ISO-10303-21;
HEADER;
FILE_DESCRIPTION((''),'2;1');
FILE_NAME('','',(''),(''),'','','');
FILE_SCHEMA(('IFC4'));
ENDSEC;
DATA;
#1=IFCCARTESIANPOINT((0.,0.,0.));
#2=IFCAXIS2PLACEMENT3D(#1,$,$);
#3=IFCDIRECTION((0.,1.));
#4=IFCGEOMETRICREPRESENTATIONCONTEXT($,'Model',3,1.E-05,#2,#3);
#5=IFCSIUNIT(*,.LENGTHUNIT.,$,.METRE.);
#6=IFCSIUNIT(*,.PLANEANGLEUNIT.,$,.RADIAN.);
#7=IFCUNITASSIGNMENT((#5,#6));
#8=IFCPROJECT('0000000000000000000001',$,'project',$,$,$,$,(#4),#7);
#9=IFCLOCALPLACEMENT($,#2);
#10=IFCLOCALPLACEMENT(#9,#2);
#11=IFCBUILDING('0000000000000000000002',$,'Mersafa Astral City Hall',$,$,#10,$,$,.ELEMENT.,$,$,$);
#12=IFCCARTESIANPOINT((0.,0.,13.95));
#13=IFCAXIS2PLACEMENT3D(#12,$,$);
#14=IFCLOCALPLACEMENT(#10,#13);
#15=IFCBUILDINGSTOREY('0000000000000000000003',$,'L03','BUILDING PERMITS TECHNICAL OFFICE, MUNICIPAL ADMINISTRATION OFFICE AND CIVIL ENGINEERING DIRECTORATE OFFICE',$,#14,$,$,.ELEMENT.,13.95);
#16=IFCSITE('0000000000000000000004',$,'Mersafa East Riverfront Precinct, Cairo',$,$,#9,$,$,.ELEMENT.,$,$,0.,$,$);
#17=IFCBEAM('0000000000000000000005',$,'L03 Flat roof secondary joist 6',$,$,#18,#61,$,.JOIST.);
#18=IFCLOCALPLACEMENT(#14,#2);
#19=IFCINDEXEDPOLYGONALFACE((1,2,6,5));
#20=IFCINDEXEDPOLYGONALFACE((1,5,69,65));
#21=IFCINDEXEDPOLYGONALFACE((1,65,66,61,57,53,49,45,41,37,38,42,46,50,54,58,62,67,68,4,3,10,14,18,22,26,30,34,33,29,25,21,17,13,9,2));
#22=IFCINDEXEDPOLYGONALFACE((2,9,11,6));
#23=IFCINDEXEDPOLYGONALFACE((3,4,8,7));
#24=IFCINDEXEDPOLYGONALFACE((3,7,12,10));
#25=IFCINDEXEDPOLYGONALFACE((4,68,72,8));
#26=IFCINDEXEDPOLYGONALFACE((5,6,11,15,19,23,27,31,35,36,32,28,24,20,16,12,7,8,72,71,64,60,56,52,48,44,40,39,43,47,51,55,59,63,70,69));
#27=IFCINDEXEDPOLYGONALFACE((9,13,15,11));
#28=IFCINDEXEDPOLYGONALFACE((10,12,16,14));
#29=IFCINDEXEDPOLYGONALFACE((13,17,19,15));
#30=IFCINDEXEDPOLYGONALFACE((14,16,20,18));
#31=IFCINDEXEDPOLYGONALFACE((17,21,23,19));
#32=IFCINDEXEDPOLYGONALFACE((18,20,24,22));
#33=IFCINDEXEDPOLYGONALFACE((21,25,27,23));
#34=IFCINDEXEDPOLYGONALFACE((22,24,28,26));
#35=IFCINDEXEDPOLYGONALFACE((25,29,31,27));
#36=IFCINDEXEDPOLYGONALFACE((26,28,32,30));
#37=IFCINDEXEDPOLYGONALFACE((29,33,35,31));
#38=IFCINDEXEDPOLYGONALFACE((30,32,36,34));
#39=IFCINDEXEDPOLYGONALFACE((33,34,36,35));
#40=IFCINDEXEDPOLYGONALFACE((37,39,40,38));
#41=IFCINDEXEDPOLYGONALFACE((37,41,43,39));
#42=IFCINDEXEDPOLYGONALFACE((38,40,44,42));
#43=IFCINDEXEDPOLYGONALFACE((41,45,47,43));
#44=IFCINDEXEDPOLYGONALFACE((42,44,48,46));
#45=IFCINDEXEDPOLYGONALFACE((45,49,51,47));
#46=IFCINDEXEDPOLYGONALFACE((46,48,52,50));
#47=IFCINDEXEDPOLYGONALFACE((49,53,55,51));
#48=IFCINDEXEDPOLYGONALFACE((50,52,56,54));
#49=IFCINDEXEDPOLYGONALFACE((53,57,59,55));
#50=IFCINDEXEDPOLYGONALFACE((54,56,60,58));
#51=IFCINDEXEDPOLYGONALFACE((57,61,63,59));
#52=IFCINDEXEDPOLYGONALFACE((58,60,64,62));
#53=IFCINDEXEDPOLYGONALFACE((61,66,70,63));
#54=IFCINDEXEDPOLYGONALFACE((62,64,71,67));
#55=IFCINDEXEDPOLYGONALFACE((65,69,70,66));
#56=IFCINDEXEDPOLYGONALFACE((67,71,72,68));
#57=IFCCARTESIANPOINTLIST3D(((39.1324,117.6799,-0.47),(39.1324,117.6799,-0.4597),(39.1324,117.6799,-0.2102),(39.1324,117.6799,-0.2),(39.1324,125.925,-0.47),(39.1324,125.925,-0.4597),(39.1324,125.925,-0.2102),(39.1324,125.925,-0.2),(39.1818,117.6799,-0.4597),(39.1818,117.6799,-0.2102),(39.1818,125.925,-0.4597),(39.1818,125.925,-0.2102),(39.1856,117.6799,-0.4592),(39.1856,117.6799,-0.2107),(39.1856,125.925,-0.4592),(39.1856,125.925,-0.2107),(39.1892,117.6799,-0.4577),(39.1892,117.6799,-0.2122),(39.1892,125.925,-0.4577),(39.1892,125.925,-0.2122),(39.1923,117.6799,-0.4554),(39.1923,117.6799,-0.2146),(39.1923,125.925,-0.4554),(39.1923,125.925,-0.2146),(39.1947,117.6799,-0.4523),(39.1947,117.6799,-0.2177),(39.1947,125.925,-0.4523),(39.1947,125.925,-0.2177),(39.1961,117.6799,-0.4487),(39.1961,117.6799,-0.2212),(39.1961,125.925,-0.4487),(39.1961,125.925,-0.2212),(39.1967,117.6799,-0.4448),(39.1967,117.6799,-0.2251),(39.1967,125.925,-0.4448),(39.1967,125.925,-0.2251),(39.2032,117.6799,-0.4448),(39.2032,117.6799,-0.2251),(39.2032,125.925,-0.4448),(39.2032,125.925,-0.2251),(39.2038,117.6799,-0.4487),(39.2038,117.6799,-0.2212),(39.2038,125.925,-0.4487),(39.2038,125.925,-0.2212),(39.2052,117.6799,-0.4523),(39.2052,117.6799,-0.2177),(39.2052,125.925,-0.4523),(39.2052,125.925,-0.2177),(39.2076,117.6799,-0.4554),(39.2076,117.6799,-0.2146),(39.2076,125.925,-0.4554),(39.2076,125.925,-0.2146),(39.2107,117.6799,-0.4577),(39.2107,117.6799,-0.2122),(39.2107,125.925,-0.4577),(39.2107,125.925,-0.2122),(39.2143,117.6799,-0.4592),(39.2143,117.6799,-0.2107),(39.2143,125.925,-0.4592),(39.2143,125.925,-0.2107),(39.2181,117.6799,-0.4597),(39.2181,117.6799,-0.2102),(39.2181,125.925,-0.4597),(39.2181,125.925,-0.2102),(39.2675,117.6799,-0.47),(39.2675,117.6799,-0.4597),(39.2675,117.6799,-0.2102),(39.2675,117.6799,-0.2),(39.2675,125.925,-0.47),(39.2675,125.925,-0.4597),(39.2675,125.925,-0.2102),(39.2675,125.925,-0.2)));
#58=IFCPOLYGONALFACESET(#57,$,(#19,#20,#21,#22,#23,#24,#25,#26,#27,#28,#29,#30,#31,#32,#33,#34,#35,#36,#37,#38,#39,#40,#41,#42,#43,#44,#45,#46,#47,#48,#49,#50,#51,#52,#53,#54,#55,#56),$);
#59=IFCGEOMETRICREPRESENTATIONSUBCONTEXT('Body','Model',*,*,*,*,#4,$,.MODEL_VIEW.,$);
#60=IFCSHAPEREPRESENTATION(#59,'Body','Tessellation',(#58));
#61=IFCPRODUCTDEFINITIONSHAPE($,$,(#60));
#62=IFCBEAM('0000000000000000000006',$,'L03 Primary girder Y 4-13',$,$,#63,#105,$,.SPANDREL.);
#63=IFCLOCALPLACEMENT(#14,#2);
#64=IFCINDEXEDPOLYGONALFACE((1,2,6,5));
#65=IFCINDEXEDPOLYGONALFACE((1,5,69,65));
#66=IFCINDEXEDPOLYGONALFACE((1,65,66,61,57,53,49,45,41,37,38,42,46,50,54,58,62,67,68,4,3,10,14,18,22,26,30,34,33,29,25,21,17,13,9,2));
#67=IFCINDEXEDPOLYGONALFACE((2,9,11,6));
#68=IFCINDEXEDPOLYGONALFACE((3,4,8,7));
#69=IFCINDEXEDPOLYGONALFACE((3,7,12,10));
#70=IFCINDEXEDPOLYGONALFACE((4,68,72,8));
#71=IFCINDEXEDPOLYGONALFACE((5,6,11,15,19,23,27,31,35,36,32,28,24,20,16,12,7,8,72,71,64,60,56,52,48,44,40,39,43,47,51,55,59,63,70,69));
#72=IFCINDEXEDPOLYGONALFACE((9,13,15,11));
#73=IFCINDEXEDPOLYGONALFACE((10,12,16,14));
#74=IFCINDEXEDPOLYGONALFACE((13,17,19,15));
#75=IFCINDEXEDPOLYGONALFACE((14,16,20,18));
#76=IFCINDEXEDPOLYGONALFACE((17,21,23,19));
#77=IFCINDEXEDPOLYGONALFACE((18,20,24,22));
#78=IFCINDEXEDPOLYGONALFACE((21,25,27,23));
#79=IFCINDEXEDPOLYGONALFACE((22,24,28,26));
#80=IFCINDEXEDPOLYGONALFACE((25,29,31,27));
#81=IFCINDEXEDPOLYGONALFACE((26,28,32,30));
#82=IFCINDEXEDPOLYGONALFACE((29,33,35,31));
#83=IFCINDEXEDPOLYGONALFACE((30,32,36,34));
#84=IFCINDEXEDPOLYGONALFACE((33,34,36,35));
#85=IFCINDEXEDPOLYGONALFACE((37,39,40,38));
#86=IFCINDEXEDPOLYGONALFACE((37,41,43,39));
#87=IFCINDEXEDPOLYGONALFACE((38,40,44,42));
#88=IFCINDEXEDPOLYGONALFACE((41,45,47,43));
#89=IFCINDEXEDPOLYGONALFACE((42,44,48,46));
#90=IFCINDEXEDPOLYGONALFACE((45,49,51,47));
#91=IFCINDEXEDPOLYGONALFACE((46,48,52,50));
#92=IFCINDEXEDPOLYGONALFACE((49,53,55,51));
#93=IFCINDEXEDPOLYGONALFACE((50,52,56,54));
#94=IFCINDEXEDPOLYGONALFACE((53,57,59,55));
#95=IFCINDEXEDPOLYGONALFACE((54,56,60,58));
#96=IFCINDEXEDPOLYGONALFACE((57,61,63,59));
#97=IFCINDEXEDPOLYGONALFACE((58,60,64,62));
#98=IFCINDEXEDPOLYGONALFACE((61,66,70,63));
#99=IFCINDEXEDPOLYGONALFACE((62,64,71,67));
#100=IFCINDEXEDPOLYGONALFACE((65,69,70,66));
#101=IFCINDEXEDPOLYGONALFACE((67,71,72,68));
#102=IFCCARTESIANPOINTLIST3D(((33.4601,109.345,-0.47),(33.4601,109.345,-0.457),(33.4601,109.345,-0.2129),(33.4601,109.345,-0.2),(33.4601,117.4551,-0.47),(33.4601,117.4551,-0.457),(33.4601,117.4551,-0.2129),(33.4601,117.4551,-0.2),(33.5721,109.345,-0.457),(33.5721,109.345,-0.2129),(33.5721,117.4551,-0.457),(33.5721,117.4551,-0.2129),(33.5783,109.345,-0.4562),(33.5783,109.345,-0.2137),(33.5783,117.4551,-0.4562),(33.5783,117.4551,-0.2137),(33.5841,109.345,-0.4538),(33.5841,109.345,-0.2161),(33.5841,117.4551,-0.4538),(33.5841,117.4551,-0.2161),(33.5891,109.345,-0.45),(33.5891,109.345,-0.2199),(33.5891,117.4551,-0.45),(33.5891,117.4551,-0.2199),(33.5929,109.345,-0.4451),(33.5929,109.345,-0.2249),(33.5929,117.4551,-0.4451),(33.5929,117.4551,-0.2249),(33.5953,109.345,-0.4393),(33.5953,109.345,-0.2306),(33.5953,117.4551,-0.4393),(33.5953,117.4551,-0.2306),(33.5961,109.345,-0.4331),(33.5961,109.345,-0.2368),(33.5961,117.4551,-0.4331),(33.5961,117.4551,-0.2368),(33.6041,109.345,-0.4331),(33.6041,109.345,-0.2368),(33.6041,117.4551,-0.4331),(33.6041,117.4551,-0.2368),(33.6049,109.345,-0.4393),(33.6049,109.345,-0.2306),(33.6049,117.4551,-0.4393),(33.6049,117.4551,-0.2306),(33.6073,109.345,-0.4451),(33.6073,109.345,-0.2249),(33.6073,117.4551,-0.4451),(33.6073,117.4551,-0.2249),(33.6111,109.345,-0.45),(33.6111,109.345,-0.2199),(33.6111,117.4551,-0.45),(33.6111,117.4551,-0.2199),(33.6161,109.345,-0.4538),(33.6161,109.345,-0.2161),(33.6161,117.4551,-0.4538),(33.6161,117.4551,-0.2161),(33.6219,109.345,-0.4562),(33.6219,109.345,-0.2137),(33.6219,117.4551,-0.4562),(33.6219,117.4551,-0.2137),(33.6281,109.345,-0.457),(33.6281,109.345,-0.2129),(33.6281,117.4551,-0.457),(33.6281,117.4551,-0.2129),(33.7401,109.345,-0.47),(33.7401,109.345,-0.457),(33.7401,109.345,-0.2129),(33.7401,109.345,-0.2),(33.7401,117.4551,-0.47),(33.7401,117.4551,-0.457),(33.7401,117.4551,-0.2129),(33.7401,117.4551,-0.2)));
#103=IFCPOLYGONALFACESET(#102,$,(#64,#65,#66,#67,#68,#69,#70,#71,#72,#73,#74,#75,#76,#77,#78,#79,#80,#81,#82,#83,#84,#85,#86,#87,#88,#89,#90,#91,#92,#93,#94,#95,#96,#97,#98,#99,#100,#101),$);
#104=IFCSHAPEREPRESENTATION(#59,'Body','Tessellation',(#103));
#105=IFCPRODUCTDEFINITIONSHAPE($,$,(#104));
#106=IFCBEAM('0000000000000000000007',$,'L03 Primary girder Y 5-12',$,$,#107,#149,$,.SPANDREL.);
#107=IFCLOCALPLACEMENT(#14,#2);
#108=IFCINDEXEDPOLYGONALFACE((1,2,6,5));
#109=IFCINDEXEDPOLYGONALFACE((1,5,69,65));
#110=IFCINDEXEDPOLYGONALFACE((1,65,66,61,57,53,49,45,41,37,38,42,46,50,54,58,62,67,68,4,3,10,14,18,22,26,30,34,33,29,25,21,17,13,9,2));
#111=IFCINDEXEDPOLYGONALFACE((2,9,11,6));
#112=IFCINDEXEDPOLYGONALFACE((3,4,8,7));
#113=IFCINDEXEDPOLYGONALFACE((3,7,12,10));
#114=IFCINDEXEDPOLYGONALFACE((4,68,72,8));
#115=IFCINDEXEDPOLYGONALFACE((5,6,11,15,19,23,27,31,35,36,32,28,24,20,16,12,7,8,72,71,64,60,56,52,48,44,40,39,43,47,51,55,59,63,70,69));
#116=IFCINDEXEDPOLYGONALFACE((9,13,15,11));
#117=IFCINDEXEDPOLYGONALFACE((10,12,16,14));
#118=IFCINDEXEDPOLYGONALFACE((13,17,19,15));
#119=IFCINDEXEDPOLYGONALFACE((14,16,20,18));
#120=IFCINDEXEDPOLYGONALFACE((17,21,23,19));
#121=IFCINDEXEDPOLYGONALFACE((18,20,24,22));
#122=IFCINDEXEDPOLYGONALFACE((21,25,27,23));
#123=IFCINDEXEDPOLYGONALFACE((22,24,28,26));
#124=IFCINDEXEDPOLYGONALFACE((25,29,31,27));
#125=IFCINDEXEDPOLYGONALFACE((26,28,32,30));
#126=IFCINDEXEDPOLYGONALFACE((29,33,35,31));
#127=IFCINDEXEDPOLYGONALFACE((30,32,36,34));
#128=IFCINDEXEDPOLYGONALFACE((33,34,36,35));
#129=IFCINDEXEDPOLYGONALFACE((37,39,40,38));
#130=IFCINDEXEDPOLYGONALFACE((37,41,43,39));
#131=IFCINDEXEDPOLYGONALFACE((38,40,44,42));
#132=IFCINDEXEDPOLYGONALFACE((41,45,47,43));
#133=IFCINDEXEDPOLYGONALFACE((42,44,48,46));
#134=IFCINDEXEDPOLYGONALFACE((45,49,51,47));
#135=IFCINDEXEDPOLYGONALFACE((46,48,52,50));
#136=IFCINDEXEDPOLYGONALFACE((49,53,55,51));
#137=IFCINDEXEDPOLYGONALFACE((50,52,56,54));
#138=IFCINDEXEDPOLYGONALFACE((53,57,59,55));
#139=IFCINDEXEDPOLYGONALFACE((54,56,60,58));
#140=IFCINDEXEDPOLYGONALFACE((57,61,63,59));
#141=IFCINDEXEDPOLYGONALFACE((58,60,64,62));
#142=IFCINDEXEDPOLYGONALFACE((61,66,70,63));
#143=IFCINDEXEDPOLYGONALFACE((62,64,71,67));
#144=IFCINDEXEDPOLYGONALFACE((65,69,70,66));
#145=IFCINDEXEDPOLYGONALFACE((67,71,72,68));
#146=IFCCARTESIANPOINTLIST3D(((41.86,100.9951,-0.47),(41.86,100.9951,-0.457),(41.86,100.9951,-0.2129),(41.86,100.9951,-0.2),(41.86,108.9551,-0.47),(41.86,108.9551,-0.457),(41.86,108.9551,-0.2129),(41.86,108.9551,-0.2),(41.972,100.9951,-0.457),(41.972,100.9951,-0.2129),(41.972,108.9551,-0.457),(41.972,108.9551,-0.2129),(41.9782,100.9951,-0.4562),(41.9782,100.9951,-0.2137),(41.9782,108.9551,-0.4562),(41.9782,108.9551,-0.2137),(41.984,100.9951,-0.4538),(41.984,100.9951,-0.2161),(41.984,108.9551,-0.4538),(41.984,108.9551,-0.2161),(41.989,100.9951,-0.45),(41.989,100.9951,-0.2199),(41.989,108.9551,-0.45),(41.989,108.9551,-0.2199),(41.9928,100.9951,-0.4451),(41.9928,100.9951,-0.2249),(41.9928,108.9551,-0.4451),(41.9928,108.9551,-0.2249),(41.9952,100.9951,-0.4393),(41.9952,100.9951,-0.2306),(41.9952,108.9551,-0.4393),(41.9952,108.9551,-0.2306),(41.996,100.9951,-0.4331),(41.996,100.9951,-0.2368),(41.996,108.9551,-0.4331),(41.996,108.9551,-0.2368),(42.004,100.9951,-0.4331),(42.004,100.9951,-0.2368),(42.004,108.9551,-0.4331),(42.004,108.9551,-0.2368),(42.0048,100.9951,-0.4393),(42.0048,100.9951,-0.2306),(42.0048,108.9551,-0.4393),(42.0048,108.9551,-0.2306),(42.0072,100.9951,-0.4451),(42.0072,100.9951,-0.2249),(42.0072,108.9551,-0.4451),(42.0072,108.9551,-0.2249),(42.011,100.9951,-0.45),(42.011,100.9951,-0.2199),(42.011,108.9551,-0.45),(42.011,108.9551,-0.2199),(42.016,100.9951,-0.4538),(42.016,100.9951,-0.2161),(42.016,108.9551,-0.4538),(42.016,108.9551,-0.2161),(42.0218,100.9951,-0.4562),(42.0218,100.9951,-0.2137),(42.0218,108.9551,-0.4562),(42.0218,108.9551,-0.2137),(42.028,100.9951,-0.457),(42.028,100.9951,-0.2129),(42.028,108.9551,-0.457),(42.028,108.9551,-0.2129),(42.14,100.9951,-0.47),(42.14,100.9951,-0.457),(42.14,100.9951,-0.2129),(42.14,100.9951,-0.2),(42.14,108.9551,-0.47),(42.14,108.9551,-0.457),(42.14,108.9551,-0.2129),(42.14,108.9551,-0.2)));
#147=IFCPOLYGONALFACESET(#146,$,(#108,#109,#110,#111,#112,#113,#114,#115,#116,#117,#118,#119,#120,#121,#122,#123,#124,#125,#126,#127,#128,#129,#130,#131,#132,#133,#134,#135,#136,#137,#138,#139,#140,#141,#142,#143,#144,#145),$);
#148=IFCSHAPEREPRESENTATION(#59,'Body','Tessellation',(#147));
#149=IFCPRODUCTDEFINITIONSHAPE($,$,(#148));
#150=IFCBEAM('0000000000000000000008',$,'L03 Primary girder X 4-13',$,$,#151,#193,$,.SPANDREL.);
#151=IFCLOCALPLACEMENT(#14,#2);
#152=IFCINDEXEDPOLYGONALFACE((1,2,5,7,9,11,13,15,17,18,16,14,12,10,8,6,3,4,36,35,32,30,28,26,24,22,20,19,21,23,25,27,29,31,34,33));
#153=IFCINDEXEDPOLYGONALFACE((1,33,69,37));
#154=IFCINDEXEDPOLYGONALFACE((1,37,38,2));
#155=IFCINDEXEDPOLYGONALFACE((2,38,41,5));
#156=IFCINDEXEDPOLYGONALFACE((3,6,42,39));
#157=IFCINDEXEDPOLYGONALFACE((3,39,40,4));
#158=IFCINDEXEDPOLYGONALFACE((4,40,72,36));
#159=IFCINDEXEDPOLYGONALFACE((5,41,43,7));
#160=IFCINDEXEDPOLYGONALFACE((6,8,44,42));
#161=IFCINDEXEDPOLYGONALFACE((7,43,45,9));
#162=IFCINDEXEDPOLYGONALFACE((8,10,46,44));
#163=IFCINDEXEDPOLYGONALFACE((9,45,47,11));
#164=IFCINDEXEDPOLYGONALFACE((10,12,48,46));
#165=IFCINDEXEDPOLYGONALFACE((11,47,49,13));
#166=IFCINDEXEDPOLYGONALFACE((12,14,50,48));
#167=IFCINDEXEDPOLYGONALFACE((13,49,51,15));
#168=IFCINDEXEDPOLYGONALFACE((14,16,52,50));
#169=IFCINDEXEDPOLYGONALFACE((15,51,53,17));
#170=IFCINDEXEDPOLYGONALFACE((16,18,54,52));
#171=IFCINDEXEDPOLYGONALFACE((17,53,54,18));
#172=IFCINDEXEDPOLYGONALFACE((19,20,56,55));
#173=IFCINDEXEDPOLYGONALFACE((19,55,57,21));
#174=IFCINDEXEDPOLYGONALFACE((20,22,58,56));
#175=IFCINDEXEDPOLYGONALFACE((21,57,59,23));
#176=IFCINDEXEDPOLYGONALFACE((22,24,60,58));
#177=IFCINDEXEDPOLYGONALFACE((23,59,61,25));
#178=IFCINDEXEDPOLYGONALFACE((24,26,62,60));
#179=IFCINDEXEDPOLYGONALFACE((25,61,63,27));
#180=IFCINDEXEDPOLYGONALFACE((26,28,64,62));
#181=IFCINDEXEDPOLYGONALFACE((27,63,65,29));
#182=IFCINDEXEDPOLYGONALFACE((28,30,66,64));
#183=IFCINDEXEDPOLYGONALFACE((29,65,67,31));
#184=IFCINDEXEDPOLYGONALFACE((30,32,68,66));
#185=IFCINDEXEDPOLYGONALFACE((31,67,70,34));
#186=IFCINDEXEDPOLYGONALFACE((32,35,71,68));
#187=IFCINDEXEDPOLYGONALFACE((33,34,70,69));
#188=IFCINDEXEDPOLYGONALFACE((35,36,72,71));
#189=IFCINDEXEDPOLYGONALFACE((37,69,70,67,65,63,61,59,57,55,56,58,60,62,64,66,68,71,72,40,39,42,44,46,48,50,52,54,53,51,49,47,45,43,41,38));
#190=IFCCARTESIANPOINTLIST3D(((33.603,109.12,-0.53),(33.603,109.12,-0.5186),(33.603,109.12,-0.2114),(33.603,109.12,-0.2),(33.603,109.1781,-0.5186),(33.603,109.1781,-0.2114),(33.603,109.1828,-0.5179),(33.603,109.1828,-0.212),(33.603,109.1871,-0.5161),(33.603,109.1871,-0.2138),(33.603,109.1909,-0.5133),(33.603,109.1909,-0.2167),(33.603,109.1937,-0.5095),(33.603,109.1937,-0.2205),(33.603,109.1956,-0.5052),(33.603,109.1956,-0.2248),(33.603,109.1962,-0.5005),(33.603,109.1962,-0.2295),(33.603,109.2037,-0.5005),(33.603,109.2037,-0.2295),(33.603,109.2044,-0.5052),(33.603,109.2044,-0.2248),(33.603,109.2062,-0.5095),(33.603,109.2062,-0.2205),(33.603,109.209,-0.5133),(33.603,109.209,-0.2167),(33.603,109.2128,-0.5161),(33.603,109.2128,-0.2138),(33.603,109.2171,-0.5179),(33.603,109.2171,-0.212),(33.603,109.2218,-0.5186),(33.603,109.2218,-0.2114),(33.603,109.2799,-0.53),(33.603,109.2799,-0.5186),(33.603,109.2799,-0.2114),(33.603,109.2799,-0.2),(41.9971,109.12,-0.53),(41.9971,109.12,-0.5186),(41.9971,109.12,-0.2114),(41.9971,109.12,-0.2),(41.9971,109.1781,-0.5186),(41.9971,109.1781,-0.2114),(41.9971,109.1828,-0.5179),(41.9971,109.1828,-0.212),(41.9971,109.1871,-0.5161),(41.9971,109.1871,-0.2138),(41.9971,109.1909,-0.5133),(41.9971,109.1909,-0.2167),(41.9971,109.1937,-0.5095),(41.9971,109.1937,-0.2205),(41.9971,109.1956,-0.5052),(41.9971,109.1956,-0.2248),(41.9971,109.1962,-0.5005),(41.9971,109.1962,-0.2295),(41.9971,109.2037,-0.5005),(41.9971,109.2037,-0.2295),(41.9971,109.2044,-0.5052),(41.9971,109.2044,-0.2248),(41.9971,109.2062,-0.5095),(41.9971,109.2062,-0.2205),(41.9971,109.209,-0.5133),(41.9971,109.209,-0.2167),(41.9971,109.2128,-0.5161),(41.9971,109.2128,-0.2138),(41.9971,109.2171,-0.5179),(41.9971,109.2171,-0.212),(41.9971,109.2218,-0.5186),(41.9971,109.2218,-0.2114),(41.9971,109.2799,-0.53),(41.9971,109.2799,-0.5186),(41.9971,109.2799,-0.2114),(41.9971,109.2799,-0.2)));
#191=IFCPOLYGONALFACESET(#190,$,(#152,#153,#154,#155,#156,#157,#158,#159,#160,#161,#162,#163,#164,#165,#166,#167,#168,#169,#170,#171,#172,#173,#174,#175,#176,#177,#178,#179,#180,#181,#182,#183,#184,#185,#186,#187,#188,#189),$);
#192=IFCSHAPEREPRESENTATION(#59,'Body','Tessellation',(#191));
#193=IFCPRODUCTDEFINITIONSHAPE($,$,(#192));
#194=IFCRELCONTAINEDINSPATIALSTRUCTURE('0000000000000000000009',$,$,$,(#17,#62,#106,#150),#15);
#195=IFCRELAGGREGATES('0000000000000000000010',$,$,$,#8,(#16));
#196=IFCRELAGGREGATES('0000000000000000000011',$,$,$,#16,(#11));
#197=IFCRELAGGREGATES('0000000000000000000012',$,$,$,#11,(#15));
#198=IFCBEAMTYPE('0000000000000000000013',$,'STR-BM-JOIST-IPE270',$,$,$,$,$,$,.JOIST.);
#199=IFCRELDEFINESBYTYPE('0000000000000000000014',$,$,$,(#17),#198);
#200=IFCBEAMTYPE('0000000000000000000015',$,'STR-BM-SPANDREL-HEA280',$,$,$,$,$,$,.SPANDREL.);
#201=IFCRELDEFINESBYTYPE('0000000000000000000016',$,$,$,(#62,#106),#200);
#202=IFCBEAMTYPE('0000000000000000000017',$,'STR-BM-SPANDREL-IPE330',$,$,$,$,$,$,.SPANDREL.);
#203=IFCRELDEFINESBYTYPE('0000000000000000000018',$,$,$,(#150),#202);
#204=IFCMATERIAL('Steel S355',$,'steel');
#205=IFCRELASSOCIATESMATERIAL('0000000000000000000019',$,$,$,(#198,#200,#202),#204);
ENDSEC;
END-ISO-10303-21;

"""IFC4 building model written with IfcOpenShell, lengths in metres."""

from ifc_helpers import new_model, si_unit, direction, frame, origin, origin_2d, place, context, subcontext, project, spatial, i_section, extrude, material, material_profile, profile_set, type_object, element, save


model = new_model("IFC4")

# Units and contexts
model_context = context("Model", 3, precision=1e-05, world=origin(), true_north=direction((0.0, 1.0)))
body_context = subcontext(model_context, "Body", "Model", "MODEL_VIEW")
ifc_project = project(units=[si_unit("LENGTHUNIT", "METRE"), si_unit("PLANEANGLEUNIT", "RADIAN")], contexts=[model_context])

# Site, building, storey
site_placement = place(None, origin())
site = spatial("IfcSite", under=ifc_project, at=site_placement, Name="Mersafa East Riverfront Precinct, Cairo", CompositionType="ELEMENT", RefElevation=0.0)
building_placement = place(site_placement, origin())
building = spatial("IfcBuilding", under=site, at=building_placement, Name="Mersafa Astral City Hall", CompositionType="ELEMENT")
storey_placement = place(building_placement, frame((0.0, 0.0, 13.95)))
storey = spatial("IfcBuildingStorey", under=building, at=storey_placement, Name="L03", Description="BUILDING PERMITS TECHNICAL OFFICE, MUNICIPAL ADMINISTRATION OFFICE AND CIVIL ENGINEERING DIRECTORATE OFFICE", CompositionType="ELEMENT", Elevation=13.95)

# Shared definitions
ifc_material_1 = material(Name="Steel S355", Category="steel")

# Beams
ifc_material_profile_1 = material_profile(ifc_material_1, i_section(OverallWidth=0.135, OverallDepth=0.27, WebThickness=0.0066, FlangeThickness=0.0103, FilletRadius=0.0149, at=origin_2d()), Name="IPE 270")
ifc_profile_set_1 = profile_set([ifc_material_profile_1], Name="Steel S355")
beam_type_1 = type_object("IfcBeamType", Name="STR-BM-JOIST-IPE270", PredefinedType="JOIST", material=ifc_profile_set_1)
for number, where, z_axis, x_axis, name in (
    (1, (39.2, 117.6799, -0.335), (0.0, 1.0, 0.0), (-1.0, 0.0, 0.0), "L03 Flat roof secondary joist 6"),
):
    element("IfcBeam", number, at=place(storey_placement, frame(where, z_axis=z_axis, x_axis=x_axis)), inside=storey, type_object=beam_type_1, Name=name, PredefinedType="JOIST", context=body_context, shape_type="SweptSolid", body=[
        extrude(i_section(OverallWidth=0.135, OverallDepth=0.27, WebThickness=0.0066, FlangeThickness=0.0103, FilletRadius=0.0149, at=origin_2d()), origin(), (0.0, 0.0, 1.0), 8.2451),
    ])
ifc_material_profile_2 = material_profile(ifc_material_1, i_section(OverallWidth=0.28, OverallDepth=0.27, WebThickness=0.0081, FlangeThickness=0.0129, FilletRadius=0.0239, at=origin_2d()), Name="HEA 280")
ifc_profile_set_2 = profile_set([ifc_material_profile_2], Name="Steel S355")
beam_type_2 = type_object("IfcBeamType", Name="STR-BM-SPANDREL-HEA280", PredefinedType="SPANDREL", material=ifc_profile_set_2)
beam_1_placement = place(storey_placement, frame((33.6001, 109.345, -0.335), z_axis=(0.0, 1.0, 0.0), x_axis=(-1.0, 0.0, 0.0)))
element("IfcBeam", 2, at=beam_1_placement, inside=storey, type_object=beam_type_2, Name="L03 Primary girder Y 4-13", PredefinedType="SPANDREL", context=body_context, shape_type="SweptSolid", body=[
    extrude(i_section(OverallWidth=0.28, OverallDepth=0.27, WebThickness=0.0081, FlangeThickness=0.0129, FilletRadius=0.0239, at=origin_2d()), origin(), (0.0, 0.0, 1.0), 8.1101),
])
beam_2_placement = place(storey_placement, frame((42.0, 100.9951, -0.335), z_axis=(0.0, 1.0, 0.0), x_axis=(-1.0, 0.0, 0.0)))
element("IfcBeam", 3, at=beam_2_placement, inside=storey, type_object=beam_type_2, Name="L03 Primary girder Y 5-12", PredefinedType="SPANDREL", context=body_context, shape_type="SweptSolid", body=[
    extrude(i_section(OverallWidth=0.28, OverallDepth=0.27, WebThickness=0.0081, FlangeThickness=0.0129, FilletRadius=0.0239, at=origin_2d()), origin(), (0.0, 0.0, 1.0), 7.96),
])
ifc_material_profile_3 = material_profile(ifc_material_1, i_section(OverallWidth=0.1599, OverallDepth=0.3301, WebThickness=0.0076, FlangeThickness=0.0115, FilletRadius=0.0181, at=origin_2d()), Name="IPE 330")
ifc_profile_set_3 = profile_set([ifc_material_profile_3], Name="Steel S355")
beam_type_3 = type_object("IfcBeamType", Name="STR-BM-SPANDREL-IPE330", PredefinedType="SPANDREL", material=ifc_profile_set_3)
for number, where, z_axis, x_axis, name in (
    (4, (33.603, 109.2, -0.365), (1.0, 0.0, 0.0), (0.0, 1.0, 0.0), "L03 Primary girder X 4-13"),
):
    element("IfcBeam", number, at=place(storey_placement, frame(where, z_axis=z_axis, x_axis=x_axis)), inside=storey, type_object=beam_type_3, Name=name, PredefinedType="SPANDREL", context=body_context, shape_type="SweptSolid", body=[
        extrude(i_section(OverallWidth=0.1599, OverallDepth=0.3301, WebThickness=0.0076, FlangeThickness=0.0115, FilletRadius=0.0181, at=origin_2d()), origin(), (0.0, 0.0, 1.0), 8.394),
    ])

save(model, "model.ifc")
